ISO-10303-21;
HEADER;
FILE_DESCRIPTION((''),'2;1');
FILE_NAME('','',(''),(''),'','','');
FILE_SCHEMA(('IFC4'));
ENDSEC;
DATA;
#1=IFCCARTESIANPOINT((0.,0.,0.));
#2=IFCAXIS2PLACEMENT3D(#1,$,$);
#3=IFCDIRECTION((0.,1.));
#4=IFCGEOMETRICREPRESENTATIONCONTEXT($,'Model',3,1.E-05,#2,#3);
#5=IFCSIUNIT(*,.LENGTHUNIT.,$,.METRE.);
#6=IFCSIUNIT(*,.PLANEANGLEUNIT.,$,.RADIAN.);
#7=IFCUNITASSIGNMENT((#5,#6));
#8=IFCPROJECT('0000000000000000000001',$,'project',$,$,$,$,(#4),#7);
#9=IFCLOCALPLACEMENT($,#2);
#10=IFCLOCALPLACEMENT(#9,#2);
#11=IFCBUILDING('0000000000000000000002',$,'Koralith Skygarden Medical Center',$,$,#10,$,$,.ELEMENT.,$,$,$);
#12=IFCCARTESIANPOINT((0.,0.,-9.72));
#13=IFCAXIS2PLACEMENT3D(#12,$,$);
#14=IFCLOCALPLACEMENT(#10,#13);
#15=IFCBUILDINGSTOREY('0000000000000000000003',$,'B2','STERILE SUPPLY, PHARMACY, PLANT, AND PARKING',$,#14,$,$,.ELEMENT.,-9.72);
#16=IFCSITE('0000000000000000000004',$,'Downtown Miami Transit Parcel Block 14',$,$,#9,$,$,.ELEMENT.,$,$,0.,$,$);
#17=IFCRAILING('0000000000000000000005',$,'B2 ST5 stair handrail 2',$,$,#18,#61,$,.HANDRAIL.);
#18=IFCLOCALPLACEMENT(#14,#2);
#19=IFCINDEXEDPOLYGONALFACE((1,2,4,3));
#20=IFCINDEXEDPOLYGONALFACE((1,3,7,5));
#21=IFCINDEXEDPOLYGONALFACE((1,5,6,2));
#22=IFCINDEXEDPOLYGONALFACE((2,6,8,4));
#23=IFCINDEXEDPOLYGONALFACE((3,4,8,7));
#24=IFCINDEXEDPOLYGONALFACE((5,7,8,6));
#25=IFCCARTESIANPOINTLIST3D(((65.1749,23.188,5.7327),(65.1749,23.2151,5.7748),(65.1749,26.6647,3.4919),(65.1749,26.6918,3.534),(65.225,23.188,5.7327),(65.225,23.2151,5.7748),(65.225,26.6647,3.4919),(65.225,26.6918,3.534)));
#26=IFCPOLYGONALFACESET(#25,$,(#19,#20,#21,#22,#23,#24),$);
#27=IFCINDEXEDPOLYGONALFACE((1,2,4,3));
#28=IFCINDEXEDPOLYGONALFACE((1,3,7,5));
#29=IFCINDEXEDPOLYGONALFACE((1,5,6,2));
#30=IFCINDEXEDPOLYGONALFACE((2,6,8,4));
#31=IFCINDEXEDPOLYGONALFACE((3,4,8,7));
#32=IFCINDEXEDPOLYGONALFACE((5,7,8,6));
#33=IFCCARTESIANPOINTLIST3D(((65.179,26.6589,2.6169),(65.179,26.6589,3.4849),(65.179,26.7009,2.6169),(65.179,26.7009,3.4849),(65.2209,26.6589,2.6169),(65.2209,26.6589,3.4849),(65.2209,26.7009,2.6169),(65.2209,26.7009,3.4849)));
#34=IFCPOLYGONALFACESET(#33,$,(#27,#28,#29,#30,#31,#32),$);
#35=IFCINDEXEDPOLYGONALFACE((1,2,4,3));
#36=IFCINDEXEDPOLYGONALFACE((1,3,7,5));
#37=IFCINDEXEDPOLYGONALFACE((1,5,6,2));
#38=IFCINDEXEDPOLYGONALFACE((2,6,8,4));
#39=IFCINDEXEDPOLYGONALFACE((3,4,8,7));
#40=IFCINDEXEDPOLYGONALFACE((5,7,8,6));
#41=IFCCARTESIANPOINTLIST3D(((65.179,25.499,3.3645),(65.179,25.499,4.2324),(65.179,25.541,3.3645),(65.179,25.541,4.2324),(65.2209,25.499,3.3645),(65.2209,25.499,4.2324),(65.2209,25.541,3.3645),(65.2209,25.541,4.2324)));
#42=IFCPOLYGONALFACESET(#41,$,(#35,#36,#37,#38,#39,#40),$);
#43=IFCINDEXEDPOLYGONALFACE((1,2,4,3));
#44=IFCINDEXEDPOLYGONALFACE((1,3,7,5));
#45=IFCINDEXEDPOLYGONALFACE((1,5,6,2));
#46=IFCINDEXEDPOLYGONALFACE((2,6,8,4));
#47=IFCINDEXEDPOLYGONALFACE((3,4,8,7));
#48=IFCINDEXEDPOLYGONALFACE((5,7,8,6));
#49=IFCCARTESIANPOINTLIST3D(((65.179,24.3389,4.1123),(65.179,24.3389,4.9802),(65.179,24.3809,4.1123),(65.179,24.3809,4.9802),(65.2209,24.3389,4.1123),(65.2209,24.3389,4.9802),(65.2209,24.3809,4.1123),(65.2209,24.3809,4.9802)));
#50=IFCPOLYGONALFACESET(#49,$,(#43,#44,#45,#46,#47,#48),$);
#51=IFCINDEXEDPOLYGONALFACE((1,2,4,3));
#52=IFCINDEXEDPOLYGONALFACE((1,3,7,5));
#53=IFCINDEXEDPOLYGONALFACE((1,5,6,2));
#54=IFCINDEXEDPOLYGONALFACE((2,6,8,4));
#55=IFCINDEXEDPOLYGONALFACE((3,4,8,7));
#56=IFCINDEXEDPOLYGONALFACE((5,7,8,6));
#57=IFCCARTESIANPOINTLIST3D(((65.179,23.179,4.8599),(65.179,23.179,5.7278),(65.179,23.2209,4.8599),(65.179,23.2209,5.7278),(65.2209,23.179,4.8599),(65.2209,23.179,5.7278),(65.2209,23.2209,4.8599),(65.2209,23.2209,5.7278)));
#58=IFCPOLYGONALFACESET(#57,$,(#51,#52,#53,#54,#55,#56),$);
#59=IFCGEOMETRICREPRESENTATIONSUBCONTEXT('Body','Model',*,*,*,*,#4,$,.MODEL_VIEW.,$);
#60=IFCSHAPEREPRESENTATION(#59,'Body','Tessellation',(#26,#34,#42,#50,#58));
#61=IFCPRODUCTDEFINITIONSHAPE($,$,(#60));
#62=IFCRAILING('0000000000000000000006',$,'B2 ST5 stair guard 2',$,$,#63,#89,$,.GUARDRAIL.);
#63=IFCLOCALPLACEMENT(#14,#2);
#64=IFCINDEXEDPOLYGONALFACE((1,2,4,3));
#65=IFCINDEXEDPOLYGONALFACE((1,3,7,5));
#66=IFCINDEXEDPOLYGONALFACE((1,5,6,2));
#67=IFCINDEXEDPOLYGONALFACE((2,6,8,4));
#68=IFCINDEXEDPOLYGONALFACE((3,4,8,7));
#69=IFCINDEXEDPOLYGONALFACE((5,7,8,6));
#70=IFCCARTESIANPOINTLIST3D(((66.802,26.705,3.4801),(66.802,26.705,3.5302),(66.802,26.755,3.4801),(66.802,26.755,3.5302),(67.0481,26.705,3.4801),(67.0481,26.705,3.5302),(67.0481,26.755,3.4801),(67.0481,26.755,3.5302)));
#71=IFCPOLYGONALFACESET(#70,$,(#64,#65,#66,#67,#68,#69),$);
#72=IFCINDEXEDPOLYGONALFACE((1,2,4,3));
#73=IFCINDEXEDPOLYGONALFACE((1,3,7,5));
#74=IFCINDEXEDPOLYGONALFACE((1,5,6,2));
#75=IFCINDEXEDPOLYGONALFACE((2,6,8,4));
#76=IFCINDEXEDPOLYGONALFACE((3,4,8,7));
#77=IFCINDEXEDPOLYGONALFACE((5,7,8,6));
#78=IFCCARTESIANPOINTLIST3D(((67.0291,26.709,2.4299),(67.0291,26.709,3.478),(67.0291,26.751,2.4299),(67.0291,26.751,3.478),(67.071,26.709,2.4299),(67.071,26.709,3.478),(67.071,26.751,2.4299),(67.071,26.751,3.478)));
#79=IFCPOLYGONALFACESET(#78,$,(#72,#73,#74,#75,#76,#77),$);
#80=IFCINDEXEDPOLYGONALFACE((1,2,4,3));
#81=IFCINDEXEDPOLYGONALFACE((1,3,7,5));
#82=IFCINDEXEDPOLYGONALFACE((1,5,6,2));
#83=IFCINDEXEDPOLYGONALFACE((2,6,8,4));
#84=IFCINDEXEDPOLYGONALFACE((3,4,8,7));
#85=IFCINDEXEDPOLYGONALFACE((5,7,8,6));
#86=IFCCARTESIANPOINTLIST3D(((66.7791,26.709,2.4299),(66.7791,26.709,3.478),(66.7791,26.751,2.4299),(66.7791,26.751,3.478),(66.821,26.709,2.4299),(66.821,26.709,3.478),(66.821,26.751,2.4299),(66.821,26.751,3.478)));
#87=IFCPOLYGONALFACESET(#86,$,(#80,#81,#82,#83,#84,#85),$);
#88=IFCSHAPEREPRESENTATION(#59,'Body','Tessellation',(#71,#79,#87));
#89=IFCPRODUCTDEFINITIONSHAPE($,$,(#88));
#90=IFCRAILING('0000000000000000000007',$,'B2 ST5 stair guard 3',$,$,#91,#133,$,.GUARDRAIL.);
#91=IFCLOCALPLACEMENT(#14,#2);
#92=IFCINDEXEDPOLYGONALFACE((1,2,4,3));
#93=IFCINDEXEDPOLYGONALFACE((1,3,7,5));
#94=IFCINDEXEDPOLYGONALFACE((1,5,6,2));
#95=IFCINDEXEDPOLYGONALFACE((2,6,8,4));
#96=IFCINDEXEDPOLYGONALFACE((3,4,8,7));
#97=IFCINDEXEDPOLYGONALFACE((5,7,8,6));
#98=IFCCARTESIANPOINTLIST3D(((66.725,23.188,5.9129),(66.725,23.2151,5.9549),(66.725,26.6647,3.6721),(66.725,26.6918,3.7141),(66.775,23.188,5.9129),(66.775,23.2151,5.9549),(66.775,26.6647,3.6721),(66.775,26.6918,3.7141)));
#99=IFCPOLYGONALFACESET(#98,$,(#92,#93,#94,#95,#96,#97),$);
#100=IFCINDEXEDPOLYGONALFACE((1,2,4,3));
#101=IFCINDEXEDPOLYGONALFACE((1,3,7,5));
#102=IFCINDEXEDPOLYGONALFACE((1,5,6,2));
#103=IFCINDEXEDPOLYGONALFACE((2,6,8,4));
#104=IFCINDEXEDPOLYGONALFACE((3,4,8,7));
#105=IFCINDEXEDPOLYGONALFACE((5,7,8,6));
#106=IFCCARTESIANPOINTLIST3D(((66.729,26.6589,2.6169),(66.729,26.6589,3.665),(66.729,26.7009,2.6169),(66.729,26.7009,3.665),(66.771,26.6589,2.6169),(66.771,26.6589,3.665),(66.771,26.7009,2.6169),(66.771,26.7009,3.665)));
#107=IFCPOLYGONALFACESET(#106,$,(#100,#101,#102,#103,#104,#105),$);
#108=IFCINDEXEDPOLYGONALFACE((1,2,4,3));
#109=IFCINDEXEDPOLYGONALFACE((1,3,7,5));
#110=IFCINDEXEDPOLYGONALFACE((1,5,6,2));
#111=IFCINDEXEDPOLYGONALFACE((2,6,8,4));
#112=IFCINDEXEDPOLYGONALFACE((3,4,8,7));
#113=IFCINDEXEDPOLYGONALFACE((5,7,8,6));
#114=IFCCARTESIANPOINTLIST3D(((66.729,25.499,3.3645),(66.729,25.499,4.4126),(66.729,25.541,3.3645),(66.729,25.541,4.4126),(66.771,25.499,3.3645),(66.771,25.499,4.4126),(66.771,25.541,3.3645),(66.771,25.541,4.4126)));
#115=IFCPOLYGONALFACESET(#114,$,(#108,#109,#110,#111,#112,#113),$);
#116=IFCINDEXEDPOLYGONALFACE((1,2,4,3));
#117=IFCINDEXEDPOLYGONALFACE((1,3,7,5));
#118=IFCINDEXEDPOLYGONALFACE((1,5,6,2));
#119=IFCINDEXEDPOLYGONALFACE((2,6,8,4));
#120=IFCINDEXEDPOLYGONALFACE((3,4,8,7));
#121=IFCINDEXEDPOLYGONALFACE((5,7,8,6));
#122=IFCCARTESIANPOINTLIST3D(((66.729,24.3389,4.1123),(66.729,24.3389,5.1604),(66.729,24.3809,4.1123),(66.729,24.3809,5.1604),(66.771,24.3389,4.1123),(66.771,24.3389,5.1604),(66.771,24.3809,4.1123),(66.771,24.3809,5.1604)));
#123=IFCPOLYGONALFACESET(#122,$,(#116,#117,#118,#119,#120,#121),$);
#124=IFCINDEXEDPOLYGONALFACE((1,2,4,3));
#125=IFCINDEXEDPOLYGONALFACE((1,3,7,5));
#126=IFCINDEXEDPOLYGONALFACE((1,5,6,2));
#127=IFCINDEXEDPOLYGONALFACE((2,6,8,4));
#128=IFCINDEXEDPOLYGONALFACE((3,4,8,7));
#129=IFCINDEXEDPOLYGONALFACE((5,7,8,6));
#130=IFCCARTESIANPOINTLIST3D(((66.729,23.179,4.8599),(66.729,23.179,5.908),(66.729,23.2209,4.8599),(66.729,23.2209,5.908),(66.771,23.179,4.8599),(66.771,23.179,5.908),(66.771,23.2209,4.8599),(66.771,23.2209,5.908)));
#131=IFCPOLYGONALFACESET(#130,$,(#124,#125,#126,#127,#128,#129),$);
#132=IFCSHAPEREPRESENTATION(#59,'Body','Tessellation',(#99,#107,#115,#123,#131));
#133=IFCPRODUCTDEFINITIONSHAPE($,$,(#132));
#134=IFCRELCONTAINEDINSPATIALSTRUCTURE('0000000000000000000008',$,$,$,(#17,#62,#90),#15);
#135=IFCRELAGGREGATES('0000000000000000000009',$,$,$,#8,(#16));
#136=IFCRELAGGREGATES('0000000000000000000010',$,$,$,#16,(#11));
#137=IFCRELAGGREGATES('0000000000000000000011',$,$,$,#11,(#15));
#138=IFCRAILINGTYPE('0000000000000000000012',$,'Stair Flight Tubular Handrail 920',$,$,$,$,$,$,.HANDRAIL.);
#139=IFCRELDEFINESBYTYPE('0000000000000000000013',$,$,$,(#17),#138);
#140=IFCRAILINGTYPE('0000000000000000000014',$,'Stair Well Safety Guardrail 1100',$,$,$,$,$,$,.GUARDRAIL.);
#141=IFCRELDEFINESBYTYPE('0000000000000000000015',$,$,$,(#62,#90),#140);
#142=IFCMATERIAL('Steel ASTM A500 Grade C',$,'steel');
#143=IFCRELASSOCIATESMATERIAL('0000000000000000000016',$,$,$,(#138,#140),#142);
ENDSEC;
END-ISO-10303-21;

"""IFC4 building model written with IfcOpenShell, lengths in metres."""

from ifc_helpers import new_model, si_unit, direction, frame, origin, origin_2d, place, context, subcontext, project, spatial, rectangle, extrude, material, type_object, element, save


model = new_model("IFC4")

# Units and contexts
model_context = context("Model", 3, precision=1e-05, world=origin(), true_north=direction((0.0, 1.0)))
body_context = subcontext(model_context, "Body", "Model", "MODEL_VIEW")
ifc_project = project(units=[si_unit("LENGTHUNIT", "METRE"), si_unit("PLANEANGLEUNIT", "RADIAN")], contexts=[model_context])

# Site, building, storey
site_placement = place(None, origin())
site = spatial("IfcSite", under=ifc_project, at=site_placement, Name="Downtown Miami Transit Parcel Block 14", CompositionType="ELEMENT", RefElevation=0.0)
building_placement = place(site_placement, origin())
building = spatial("IfcBuilding", under=site, at=building_placement, Name="Koralith Skygarden Medical Center", CompositionType="ELEMENT")
storey_placement = place(building_placement, frame((0.0, 0.0, -9.72)))
storey = spatial("IfcBuildingStorey", under=building, at=storey_placement, Name="B2", Description="STERILE SUPPLY, PHARMACY, PLANT, AND PARKING", CompositionType="ELEMENT", Elevation=-9.72)

# Railings
ifc_material_1 = material(Name="Steel ASTM A500 Grade C", Category="steel")
railing_type_1 = type_object("IfcRailingType", Name="Stair Flight Tubular Handrail 920", PredefinedType="HANDRAIL", material=ifc_material_1)
railing_1_placement = place(storey_placement, frame((65.2, 26.6799, 2.6169)))
element("IfcRailing", 1, at=railing_1_placement, inside=storey, type_object=railing_type_1, Name="B2 ST5 stair handrail 2", PredefinedType="HANDRAIL", context=body_context, shape_type="SweptSolid", body=[
    extrude(rectangle(XDim=0.05, YDim=0.05, at=origin_2d()), frame((0.0, -0.0017, 0.896), z_axis=(0.0, -0.840542, 0.541747), x_axis=(1.0, 0.0, 0.0)), (0.0, 0.0, 1.0), 4.1362),
    extrude(rectangle(XDim=0.042, YDim=0.042, at=origin_2d()), origin(), (0.0, 0.0, 1.0), 0.8679),
    extrude(rectangle(XDim=0.042, YDim=0.042, at=origin_2d()), frame((0.0, -1.1599, 0.7476)), (0.0, 0.0, 1.0), 0.8679),
    extrude(rectangle(XDim=0.042, YDim=0.042, at=origin_2d()), frame((0.0, -2.3201, 1.4954)), (0.0, 0.0, 1.0), 0.8679),
    extrude(rectangle(XDim=0.042, YDim=0.042, at=origin_2d()), frame((0.0, -3.48, 2.2429)), (0.0, 0.0, 1.0), 0.8679),
])
railing_type_2 = type_object("IfcRailingType", Name="Stair Well Safety Guardrail 1100", PredefinedType="GUARDRAIL", material=ifc_material_1)
railing_2_placement = place(storey_placement, frame((67.05, 26.73, 2.4299)))
element("IfcRailing", 2, at=railing_2_placement, inside=storey, type_object=railing_type_2, Name="B2 ST5 stair guard 2", PredefinedType="GUARDRAIL", context=body_context, shape_type="SweptSolid", body=[
    extrude(rectangle(XDim=0.05, YDim=0.05, at=origin_2d()), frame((-0.002, 0.0, 1.0752), z_axis=(-1.0, 0.0, 0.0), x_axis=(0.0, -1.0, 0.0)), (0.0, 0.0, 1.0), 0.2461),
    extrude(rectangle(XDim=0.042, YDim=0.042, at=origin_2d()), origin(), (0.0, 0.0, 1.0), 1.0481),
    extrude(rectangle(XDim=0.042, YDim=0.042, at=origin_2d()), frame((-0.25, 0.0, 0.0)), (0.0, 0.0, 1.0), 1.0481),
])
railing_3_placement = place(storey_placement, frame((66.75, 26.6799, 2.6169)))
element("IfcRailing", 3, at=railing_3_placement, inside=storey, type_object=railing_type_2, Name="B2 ST5 stair guard 3", PredefinedType="GUARDRAIL", context=body_context, shape_type="SweptSolid", body=[
    extrude(rectangle(XDim=0.05, YDim=0.05, at=origin_2d()), frame((0.0, -0.0017, 1.0762), z_axis=(0.0, -0.840542, 0.541747), x_axis=(1.0, 0.0, 0.0)), (0.0, 0.0, 1.0), 4.1362),
    extrude(rectangle(XDim=0.042, YDim=0.042, at=origin_2d()), origin(), (0.0, 0.0, 1.0), 1.0481),
    extrude(rectangle(XDim=0.042, YDim=0.042, at=origin_2d()), frame((0.0, -1.1599, 0.7476)), (0.0, 0.0, 1.0), 1.0481),
    extrude(rectangle(XDim=0.042, YDim=0.042, at=origin_2d()), frame((0.0, -2.3201, 1.4954)), (0.0, 0.0, 1.0), 1.0481),
    extrude(rectangle(XDim=0.042, YDim=0.042, at=origin_2d()), frame((0.0, -3.48, 2.2429)), (0.0, 0.0, 1.0), 1.0481),
])

save(model, "model.ifc")
